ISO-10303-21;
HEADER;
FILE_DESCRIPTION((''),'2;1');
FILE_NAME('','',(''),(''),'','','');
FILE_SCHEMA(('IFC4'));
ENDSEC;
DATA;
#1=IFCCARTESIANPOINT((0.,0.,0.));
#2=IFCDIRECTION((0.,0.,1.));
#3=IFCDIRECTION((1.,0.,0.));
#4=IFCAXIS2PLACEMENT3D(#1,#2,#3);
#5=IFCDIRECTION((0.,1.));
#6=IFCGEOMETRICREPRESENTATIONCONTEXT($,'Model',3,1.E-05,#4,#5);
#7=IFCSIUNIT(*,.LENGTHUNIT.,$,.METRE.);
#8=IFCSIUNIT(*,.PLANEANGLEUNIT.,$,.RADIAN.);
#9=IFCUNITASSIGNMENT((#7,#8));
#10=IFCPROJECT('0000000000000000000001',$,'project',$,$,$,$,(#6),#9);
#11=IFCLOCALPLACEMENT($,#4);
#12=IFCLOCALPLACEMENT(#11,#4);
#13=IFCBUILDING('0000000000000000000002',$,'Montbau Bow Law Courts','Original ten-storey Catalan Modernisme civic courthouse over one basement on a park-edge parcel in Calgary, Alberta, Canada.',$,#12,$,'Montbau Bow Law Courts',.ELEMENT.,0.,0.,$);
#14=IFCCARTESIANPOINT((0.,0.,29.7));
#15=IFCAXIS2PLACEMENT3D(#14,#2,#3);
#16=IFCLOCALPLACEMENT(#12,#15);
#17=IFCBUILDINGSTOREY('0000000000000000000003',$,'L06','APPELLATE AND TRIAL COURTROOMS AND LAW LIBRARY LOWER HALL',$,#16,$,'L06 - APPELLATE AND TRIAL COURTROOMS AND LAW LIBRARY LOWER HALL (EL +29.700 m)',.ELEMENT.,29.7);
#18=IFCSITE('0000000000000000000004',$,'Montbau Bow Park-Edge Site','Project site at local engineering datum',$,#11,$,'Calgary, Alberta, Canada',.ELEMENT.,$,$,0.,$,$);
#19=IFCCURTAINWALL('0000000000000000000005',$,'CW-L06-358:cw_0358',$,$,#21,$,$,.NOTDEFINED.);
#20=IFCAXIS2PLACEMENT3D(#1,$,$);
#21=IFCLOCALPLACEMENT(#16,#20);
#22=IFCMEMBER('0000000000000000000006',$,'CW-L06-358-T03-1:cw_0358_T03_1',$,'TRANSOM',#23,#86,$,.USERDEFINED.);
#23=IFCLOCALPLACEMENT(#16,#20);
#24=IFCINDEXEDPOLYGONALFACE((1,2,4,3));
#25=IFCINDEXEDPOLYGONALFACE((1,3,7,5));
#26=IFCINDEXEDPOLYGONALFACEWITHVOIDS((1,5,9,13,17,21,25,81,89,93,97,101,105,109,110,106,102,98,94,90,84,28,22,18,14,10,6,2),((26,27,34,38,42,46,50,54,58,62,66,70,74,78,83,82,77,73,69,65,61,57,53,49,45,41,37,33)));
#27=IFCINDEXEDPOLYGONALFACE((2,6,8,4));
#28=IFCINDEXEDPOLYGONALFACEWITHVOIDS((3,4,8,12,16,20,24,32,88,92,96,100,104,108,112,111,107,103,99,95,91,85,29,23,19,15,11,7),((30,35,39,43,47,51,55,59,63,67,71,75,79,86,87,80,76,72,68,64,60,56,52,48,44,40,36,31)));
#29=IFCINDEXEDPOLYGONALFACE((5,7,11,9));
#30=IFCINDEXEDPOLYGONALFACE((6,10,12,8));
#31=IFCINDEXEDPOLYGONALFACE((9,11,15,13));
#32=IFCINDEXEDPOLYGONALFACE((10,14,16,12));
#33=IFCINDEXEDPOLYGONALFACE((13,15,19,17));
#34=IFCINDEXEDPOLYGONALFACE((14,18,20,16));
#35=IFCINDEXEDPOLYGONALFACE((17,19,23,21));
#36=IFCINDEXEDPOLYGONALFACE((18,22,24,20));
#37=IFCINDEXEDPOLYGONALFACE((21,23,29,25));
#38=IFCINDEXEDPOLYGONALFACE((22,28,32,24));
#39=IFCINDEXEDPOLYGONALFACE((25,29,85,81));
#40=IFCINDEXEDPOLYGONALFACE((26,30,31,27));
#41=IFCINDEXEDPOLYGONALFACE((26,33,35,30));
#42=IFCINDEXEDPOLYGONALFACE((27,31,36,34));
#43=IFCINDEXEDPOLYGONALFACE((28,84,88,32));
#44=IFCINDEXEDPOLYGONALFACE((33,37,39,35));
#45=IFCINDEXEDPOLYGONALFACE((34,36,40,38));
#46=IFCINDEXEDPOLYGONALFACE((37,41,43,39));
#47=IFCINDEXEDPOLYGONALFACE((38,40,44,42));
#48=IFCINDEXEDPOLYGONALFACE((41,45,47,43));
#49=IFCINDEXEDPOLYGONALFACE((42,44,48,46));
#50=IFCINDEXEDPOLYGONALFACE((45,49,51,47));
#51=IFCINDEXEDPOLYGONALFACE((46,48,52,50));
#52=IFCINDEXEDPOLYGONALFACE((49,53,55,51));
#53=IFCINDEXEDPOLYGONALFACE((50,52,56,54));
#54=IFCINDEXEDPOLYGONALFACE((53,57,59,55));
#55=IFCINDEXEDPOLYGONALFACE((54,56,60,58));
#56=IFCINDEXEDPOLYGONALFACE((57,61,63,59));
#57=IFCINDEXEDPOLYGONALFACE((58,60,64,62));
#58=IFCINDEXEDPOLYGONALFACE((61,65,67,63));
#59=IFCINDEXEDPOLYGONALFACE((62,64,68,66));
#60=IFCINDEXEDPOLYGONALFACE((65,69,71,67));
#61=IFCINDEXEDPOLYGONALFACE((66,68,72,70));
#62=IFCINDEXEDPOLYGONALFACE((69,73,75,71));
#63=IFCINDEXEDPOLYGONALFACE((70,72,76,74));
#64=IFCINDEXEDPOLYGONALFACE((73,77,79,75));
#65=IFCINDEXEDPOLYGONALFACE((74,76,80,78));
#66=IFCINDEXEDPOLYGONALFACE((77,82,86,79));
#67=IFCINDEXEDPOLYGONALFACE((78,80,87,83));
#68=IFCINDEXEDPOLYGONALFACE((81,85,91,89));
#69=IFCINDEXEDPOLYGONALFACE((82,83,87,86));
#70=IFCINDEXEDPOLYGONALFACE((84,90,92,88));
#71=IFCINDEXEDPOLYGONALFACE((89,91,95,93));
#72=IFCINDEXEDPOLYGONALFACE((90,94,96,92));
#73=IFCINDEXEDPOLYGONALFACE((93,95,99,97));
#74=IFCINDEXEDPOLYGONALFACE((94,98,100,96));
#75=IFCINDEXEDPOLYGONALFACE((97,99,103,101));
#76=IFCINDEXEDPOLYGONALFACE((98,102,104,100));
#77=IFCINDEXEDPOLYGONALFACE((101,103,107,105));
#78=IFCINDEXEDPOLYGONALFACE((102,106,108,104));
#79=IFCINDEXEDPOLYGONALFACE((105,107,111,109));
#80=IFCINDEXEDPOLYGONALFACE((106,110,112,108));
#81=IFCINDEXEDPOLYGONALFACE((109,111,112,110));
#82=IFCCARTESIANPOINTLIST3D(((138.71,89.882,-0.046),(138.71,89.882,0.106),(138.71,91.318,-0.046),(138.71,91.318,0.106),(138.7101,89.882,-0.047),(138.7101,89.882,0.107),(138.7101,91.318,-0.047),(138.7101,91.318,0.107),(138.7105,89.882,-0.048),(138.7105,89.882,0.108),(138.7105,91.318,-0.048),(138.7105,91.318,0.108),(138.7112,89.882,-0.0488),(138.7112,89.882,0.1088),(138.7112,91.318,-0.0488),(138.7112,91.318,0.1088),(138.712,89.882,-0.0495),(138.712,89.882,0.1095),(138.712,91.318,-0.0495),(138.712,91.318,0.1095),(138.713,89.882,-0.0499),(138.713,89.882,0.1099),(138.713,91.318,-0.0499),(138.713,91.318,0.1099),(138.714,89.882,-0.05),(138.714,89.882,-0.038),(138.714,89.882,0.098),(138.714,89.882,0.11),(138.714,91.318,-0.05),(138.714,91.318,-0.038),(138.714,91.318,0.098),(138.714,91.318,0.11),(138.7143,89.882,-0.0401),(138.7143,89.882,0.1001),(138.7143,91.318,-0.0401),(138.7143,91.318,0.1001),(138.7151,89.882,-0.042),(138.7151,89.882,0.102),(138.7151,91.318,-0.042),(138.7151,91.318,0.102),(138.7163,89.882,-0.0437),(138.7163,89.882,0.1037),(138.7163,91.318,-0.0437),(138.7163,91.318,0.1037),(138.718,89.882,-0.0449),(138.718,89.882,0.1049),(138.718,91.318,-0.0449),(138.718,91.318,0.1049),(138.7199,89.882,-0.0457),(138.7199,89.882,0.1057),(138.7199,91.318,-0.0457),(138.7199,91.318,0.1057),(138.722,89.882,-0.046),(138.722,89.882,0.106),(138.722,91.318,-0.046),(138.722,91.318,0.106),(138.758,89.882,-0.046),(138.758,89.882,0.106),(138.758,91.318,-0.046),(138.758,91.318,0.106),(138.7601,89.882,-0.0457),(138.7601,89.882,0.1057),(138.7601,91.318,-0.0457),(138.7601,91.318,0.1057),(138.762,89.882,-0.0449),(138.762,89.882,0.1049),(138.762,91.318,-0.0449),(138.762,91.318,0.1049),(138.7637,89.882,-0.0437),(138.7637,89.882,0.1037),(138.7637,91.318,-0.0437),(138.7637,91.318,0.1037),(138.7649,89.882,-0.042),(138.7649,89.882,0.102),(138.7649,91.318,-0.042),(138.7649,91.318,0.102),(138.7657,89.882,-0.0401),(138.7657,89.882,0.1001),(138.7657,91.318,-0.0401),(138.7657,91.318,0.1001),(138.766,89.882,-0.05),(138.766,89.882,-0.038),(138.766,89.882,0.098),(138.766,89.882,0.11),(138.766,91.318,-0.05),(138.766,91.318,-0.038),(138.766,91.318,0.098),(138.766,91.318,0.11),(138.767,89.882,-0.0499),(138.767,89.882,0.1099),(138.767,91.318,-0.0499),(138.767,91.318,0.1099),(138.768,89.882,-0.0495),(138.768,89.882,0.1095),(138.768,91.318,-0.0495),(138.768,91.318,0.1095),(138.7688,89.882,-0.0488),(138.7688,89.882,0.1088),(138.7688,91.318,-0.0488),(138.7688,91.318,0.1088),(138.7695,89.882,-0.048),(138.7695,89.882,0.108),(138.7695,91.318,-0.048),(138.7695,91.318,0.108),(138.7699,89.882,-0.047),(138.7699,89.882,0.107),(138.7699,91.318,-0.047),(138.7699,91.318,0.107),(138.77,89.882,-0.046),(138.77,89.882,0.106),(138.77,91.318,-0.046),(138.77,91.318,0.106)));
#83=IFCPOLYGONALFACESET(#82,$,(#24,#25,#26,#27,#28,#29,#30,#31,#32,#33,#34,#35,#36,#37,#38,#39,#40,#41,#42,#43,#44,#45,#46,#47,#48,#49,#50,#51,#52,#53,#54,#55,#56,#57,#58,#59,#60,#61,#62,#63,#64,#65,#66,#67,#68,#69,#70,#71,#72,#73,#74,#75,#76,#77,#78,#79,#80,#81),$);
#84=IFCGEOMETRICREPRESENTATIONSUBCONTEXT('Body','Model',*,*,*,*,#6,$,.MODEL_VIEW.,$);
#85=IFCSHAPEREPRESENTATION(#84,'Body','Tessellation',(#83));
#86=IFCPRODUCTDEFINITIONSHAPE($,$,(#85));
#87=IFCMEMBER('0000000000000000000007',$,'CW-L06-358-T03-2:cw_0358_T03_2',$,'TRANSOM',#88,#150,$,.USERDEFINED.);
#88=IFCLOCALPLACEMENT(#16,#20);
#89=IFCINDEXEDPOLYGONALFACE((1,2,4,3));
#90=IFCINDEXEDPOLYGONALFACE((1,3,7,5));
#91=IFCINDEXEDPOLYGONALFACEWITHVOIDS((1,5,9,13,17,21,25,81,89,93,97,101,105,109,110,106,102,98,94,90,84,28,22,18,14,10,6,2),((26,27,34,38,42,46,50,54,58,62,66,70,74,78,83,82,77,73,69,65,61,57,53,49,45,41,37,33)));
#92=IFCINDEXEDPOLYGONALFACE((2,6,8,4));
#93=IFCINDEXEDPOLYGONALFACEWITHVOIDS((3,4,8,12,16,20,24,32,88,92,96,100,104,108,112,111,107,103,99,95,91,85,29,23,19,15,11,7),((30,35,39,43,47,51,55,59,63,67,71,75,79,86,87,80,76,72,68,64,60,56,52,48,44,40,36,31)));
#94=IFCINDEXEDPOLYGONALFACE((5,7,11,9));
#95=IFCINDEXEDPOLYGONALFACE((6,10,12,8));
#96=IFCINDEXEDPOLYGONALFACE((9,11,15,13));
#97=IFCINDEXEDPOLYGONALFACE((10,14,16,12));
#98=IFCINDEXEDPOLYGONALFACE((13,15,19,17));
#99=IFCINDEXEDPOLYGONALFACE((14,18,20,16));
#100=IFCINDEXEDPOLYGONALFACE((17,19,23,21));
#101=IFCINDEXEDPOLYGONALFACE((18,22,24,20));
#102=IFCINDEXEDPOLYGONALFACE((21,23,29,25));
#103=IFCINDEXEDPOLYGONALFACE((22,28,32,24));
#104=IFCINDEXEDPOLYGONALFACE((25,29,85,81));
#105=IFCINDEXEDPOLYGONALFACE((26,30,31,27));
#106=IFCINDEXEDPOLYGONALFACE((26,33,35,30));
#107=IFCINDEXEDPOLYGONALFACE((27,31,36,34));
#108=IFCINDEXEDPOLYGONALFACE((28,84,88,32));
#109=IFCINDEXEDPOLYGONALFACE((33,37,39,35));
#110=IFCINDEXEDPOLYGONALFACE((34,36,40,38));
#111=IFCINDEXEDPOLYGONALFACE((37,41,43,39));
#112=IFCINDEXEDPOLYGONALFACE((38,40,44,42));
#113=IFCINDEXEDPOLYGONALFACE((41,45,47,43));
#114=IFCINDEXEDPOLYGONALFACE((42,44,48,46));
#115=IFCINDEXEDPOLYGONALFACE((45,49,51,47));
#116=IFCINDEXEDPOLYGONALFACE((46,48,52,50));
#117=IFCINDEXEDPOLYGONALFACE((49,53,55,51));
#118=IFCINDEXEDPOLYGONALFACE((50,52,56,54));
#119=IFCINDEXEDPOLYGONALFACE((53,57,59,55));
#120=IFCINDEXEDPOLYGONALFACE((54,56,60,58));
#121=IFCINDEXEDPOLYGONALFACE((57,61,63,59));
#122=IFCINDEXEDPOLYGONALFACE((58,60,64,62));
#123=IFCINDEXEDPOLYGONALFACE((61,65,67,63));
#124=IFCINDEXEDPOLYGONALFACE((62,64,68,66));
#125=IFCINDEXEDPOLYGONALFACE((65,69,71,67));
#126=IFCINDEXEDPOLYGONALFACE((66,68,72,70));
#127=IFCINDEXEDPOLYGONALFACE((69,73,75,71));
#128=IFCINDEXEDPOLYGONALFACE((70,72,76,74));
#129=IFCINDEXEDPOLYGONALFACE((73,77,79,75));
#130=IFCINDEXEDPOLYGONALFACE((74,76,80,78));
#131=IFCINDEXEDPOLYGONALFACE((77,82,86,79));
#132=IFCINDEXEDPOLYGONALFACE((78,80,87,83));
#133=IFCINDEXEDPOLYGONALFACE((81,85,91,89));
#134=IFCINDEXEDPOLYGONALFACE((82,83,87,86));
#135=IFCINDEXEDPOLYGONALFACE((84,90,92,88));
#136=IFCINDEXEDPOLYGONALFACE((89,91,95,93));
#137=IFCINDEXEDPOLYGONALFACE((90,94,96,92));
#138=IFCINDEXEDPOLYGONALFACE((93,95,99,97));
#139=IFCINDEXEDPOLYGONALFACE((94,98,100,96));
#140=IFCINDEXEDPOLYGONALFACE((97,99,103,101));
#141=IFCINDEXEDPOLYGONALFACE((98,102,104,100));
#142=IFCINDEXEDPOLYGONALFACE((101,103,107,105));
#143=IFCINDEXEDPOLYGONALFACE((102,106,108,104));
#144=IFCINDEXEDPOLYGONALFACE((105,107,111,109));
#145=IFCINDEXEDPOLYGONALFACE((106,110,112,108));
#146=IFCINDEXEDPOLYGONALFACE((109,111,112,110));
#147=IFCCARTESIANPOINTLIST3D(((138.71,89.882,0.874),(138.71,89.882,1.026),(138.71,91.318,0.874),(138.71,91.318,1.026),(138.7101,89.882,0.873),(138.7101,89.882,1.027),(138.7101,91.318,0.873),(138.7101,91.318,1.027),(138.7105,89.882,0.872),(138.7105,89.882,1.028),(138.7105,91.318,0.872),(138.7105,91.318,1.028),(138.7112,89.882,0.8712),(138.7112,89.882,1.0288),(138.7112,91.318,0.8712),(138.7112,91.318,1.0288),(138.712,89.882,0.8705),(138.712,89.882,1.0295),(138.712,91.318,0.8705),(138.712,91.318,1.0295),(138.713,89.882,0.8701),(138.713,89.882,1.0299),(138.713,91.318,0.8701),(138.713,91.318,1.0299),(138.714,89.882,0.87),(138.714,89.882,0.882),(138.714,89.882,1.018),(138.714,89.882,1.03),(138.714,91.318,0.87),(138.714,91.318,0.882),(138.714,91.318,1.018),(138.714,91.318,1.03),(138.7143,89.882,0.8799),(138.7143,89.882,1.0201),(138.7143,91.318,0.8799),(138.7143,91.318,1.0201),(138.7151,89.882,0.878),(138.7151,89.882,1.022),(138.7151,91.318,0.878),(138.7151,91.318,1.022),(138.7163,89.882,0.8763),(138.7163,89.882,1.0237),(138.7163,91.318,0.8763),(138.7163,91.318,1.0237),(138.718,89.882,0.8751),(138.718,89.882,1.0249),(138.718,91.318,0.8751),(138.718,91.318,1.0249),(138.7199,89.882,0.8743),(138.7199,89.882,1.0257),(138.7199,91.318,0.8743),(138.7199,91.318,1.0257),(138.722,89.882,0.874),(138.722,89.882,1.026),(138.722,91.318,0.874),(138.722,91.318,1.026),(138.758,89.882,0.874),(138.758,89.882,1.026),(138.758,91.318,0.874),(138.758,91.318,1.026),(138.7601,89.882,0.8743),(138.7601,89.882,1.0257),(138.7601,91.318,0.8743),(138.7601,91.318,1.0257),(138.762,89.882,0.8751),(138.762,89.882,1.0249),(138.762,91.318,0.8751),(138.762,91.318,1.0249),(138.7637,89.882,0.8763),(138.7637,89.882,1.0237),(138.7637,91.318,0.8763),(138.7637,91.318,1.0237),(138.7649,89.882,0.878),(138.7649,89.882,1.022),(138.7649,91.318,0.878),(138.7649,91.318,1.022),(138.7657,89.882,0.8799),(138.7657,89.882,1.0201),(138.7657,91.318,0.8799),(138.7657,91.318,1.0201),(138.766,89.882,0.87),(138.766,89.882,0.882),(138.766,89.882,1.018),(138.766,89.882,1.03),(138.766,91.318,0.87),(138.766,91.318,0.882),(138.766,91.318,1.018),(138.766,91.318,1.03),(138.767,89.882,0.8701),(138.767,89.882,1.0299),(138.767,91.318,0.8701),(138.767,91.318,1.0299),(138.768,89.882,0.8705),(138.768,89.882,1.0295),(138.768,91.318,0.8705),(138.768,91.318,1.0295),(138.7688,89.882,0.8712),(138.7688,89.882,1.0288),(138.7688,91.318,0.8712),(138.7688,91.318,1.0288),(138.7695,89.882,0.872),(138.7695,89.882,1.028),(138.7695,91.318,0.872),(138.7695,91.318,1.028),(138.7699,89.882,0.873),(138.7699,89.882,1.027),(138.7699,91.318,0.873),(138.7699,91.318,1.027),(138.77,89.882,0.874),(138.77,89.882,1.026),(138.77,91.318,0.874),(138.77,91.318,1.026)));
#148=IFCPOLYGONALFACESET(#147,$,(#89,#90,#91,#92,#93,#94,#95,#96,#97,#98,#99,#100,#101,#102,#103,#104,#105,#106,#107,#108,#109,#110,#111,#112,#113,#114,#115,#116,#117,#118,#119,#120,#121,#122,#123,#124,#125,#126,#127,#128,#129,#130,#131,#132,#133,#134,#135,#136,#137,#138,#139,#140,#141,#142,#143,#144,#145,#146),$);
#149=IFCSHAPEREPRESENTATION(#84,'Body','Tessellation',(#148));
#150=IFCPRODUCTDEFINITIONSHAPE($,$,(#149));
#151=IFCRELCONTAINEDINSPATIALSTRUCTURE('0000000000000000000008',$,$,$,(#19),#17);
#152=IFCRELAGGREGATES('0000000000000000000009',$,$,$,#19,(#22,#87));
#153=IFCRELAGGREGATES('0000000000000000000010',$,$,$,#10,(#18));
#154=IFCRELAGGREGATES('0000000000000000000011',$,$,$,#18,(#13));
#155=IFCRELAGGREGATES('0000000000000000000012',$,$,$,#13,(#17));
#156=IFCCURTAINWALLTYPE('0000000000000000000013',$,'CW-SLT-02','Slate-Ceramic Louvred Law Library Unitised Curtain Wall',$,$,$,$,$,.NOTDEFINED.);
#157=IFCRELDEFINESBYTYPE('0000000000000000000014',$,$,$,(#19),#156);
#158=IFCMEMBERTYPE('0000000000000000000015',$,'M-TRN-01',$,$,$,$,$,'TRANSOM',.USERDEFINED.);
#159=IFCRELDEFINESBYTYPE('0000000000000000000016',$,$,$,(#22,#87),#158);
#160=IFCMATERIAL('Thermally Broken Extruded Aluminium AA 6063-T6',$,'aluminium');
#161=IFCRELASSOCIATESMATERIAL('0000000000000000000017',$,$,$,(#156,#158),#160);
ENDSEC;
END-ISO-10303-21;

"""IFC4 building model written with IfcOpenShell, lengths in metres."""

from ifc_helpers import new_model, si_unit, direction, frame, origin_with_axes, origin_2d_with_axis, place, context, subcontext, project, spatial, hollow_rectangle, extrude, material, material_profile, profile_set, type_object, element, aggregate, save


model = new_model("IFC4")

# Units and contexts
model_context = context("Model", 3, precision=1e-05, world=origin_with_axes(), true_north=direction((0.0, 1.0)))
body_context = subcontext(model_context, "Body", "Model", "MODEL_VIEW")
ifc_project = project(units=[si_unit("LENGTHUNIT", "METRE"), si_unit("PLANEANGLEUNIT", "RADIAN")], contexts=[model_context])

# Site, building, storey
site_placement = place(None, origin_with_axes())
site = spatial("IfcSite", under=ifc_project, at=site_placement, Name="Montbau Bow Park-Edge Site", Description="Project site at local engineering datum", LongName="Calgary, Alberta, Canada", CompositionType="ELEMENT", RefElevation=0.0)
building_placement = place(site_placement, origin_with_axes())
building = spatial("IfcBuilding", under=site, at=building_placement, Name="Montbau Bow Law Courts", Description="Original ten-storey Catalan Modernisme civic courthouse over one basement on a park-edge parcel in Calgary, Alberta, Canada.", LongName="Montbau Bow Law Courts", CompositionType="ELEMENT", ElevationOfRefHeight=0.0, ElevationOfTerrain=0.0)
storey_placement = place(building_placement, frame((0.0, 0.0, 29.7), z_axis=(0.0, 0.0, 1.0), x_axis=(1.0, 0.0, 0.0)))
storey = spatial("IfcBuildingStorey", under=building, at=storey_placement, Name="L06", Description="APPELLATE AND TRIAL COURTROOMS AND LAW LIBRARY LOWER HALL", LongName="L06 - APPELLATE AND TRIAL COURTROOMS AND LAW LIBRARY LOWER HALL (EL +29.700 m)", CompositionType="ELEMENT", Elevation=29.7)

# Shared definitions
ifc_material_1 = material(Name="Thermally Broken Extruded Aluminium AA 6063-T6", Category="aluminium")
curtain_wall_type = type_object("IfcCurtainWallType", Name="CW-SLT-02", Description="Slate-Ceramic Louvred Law Library Unitised Curtain Wall", PredefinedType="NOTDEFINED", material=ifc_material_1)

# Curtain wall, members
curtain_wall_1_placement = place(None, frame((138.74, 86.84, 29.7), z_axis=(0.0, 0.0, 1.0), x_axis=(1.0, 0.0, 0.0)))
curtain_wall_1 = element("IfcCurtainWall", 1, at=curtain_wall_1_placement, inside=storey, type_object=curtain_wall_type, Name="CW-L06-358:cw_0358", PredefinedType="NOTDEFINED")
ifc_material_profile_1 = material_profile(ifc_material_1, hollow_rectangle(XDim=0.06, YDim=0.16, WallThickness=0.004, InnerFilletRadius=0.008, OuterFilletRadius=0.004, at=origin_2d_with_axis()), Name="CWT-160X60", Category="Main", Priority=0)
ifc_profile_set_1 = profile_set([ifc_material_profile_1], Name="Thermally Broken Extruded Aluminium AA 6063-T6")
member_type_1 = type_object("IfcMemberType", Name="M-TRN-01", ElementType="TRANSOM", PredefinedType="USERDEFINED", material=ifc_profile_set_1)
member_1_placement = place(None, frame((138.74, 89.882, 29.73), z_axis=(0.0, 1.0, 0.0), x_axis=(-1.0, 0.0, 0.0)))
member_1 = element("IfcMember", 2, at=member_1_placement, type_object=member_type_1, Name="CW-L06-358-T03-1:cw_0358_T03_1", ObjectType="TRANSOM", PredefinedType="USERDEFINED", context=body_context, shape_type="SweptSolid", body=[
    extrude(hollow_rectangle(XDim=0.06, YDim=0.16, WallThickness=0.004, InnerFilletRadius=0.008, OuterFilletRadius=0.004, at=origin_2d_with_axis()), origin_with_axes(), (0.0, 0.0, 1.0), 1.436),
])
member_2_placement = place(None, frame((138.74, 89.882, 30.65), z_axis=(0.0, 1.0, 0.0), x_axis=(-1.0, 0.0, 0.0)))
member_2 = element("IfcMember", 3, at=member_2_placement, type_object=member_type_1, Name="CW-L06-358-T03-2:cw_0358_T03_2", ObjectType="TRANSOM", PredefinedType="USERDEFINED", context=body_context, shape_type="SweptSolid", body=[
    extrude(hollow_rectangle(XDim=0.06, YDim=0.16, WallThickness=0.004, InnerFilletRadius=0.008, OuterFilletRadius=0.004, at=origin_2d_with_axis()), origin_with_axes(), (0.0, 0.0, 1.0), 1.436),
])
aggregate(curtain_wall_1, [member_1, member_2])

save(model, "model.ifc")
